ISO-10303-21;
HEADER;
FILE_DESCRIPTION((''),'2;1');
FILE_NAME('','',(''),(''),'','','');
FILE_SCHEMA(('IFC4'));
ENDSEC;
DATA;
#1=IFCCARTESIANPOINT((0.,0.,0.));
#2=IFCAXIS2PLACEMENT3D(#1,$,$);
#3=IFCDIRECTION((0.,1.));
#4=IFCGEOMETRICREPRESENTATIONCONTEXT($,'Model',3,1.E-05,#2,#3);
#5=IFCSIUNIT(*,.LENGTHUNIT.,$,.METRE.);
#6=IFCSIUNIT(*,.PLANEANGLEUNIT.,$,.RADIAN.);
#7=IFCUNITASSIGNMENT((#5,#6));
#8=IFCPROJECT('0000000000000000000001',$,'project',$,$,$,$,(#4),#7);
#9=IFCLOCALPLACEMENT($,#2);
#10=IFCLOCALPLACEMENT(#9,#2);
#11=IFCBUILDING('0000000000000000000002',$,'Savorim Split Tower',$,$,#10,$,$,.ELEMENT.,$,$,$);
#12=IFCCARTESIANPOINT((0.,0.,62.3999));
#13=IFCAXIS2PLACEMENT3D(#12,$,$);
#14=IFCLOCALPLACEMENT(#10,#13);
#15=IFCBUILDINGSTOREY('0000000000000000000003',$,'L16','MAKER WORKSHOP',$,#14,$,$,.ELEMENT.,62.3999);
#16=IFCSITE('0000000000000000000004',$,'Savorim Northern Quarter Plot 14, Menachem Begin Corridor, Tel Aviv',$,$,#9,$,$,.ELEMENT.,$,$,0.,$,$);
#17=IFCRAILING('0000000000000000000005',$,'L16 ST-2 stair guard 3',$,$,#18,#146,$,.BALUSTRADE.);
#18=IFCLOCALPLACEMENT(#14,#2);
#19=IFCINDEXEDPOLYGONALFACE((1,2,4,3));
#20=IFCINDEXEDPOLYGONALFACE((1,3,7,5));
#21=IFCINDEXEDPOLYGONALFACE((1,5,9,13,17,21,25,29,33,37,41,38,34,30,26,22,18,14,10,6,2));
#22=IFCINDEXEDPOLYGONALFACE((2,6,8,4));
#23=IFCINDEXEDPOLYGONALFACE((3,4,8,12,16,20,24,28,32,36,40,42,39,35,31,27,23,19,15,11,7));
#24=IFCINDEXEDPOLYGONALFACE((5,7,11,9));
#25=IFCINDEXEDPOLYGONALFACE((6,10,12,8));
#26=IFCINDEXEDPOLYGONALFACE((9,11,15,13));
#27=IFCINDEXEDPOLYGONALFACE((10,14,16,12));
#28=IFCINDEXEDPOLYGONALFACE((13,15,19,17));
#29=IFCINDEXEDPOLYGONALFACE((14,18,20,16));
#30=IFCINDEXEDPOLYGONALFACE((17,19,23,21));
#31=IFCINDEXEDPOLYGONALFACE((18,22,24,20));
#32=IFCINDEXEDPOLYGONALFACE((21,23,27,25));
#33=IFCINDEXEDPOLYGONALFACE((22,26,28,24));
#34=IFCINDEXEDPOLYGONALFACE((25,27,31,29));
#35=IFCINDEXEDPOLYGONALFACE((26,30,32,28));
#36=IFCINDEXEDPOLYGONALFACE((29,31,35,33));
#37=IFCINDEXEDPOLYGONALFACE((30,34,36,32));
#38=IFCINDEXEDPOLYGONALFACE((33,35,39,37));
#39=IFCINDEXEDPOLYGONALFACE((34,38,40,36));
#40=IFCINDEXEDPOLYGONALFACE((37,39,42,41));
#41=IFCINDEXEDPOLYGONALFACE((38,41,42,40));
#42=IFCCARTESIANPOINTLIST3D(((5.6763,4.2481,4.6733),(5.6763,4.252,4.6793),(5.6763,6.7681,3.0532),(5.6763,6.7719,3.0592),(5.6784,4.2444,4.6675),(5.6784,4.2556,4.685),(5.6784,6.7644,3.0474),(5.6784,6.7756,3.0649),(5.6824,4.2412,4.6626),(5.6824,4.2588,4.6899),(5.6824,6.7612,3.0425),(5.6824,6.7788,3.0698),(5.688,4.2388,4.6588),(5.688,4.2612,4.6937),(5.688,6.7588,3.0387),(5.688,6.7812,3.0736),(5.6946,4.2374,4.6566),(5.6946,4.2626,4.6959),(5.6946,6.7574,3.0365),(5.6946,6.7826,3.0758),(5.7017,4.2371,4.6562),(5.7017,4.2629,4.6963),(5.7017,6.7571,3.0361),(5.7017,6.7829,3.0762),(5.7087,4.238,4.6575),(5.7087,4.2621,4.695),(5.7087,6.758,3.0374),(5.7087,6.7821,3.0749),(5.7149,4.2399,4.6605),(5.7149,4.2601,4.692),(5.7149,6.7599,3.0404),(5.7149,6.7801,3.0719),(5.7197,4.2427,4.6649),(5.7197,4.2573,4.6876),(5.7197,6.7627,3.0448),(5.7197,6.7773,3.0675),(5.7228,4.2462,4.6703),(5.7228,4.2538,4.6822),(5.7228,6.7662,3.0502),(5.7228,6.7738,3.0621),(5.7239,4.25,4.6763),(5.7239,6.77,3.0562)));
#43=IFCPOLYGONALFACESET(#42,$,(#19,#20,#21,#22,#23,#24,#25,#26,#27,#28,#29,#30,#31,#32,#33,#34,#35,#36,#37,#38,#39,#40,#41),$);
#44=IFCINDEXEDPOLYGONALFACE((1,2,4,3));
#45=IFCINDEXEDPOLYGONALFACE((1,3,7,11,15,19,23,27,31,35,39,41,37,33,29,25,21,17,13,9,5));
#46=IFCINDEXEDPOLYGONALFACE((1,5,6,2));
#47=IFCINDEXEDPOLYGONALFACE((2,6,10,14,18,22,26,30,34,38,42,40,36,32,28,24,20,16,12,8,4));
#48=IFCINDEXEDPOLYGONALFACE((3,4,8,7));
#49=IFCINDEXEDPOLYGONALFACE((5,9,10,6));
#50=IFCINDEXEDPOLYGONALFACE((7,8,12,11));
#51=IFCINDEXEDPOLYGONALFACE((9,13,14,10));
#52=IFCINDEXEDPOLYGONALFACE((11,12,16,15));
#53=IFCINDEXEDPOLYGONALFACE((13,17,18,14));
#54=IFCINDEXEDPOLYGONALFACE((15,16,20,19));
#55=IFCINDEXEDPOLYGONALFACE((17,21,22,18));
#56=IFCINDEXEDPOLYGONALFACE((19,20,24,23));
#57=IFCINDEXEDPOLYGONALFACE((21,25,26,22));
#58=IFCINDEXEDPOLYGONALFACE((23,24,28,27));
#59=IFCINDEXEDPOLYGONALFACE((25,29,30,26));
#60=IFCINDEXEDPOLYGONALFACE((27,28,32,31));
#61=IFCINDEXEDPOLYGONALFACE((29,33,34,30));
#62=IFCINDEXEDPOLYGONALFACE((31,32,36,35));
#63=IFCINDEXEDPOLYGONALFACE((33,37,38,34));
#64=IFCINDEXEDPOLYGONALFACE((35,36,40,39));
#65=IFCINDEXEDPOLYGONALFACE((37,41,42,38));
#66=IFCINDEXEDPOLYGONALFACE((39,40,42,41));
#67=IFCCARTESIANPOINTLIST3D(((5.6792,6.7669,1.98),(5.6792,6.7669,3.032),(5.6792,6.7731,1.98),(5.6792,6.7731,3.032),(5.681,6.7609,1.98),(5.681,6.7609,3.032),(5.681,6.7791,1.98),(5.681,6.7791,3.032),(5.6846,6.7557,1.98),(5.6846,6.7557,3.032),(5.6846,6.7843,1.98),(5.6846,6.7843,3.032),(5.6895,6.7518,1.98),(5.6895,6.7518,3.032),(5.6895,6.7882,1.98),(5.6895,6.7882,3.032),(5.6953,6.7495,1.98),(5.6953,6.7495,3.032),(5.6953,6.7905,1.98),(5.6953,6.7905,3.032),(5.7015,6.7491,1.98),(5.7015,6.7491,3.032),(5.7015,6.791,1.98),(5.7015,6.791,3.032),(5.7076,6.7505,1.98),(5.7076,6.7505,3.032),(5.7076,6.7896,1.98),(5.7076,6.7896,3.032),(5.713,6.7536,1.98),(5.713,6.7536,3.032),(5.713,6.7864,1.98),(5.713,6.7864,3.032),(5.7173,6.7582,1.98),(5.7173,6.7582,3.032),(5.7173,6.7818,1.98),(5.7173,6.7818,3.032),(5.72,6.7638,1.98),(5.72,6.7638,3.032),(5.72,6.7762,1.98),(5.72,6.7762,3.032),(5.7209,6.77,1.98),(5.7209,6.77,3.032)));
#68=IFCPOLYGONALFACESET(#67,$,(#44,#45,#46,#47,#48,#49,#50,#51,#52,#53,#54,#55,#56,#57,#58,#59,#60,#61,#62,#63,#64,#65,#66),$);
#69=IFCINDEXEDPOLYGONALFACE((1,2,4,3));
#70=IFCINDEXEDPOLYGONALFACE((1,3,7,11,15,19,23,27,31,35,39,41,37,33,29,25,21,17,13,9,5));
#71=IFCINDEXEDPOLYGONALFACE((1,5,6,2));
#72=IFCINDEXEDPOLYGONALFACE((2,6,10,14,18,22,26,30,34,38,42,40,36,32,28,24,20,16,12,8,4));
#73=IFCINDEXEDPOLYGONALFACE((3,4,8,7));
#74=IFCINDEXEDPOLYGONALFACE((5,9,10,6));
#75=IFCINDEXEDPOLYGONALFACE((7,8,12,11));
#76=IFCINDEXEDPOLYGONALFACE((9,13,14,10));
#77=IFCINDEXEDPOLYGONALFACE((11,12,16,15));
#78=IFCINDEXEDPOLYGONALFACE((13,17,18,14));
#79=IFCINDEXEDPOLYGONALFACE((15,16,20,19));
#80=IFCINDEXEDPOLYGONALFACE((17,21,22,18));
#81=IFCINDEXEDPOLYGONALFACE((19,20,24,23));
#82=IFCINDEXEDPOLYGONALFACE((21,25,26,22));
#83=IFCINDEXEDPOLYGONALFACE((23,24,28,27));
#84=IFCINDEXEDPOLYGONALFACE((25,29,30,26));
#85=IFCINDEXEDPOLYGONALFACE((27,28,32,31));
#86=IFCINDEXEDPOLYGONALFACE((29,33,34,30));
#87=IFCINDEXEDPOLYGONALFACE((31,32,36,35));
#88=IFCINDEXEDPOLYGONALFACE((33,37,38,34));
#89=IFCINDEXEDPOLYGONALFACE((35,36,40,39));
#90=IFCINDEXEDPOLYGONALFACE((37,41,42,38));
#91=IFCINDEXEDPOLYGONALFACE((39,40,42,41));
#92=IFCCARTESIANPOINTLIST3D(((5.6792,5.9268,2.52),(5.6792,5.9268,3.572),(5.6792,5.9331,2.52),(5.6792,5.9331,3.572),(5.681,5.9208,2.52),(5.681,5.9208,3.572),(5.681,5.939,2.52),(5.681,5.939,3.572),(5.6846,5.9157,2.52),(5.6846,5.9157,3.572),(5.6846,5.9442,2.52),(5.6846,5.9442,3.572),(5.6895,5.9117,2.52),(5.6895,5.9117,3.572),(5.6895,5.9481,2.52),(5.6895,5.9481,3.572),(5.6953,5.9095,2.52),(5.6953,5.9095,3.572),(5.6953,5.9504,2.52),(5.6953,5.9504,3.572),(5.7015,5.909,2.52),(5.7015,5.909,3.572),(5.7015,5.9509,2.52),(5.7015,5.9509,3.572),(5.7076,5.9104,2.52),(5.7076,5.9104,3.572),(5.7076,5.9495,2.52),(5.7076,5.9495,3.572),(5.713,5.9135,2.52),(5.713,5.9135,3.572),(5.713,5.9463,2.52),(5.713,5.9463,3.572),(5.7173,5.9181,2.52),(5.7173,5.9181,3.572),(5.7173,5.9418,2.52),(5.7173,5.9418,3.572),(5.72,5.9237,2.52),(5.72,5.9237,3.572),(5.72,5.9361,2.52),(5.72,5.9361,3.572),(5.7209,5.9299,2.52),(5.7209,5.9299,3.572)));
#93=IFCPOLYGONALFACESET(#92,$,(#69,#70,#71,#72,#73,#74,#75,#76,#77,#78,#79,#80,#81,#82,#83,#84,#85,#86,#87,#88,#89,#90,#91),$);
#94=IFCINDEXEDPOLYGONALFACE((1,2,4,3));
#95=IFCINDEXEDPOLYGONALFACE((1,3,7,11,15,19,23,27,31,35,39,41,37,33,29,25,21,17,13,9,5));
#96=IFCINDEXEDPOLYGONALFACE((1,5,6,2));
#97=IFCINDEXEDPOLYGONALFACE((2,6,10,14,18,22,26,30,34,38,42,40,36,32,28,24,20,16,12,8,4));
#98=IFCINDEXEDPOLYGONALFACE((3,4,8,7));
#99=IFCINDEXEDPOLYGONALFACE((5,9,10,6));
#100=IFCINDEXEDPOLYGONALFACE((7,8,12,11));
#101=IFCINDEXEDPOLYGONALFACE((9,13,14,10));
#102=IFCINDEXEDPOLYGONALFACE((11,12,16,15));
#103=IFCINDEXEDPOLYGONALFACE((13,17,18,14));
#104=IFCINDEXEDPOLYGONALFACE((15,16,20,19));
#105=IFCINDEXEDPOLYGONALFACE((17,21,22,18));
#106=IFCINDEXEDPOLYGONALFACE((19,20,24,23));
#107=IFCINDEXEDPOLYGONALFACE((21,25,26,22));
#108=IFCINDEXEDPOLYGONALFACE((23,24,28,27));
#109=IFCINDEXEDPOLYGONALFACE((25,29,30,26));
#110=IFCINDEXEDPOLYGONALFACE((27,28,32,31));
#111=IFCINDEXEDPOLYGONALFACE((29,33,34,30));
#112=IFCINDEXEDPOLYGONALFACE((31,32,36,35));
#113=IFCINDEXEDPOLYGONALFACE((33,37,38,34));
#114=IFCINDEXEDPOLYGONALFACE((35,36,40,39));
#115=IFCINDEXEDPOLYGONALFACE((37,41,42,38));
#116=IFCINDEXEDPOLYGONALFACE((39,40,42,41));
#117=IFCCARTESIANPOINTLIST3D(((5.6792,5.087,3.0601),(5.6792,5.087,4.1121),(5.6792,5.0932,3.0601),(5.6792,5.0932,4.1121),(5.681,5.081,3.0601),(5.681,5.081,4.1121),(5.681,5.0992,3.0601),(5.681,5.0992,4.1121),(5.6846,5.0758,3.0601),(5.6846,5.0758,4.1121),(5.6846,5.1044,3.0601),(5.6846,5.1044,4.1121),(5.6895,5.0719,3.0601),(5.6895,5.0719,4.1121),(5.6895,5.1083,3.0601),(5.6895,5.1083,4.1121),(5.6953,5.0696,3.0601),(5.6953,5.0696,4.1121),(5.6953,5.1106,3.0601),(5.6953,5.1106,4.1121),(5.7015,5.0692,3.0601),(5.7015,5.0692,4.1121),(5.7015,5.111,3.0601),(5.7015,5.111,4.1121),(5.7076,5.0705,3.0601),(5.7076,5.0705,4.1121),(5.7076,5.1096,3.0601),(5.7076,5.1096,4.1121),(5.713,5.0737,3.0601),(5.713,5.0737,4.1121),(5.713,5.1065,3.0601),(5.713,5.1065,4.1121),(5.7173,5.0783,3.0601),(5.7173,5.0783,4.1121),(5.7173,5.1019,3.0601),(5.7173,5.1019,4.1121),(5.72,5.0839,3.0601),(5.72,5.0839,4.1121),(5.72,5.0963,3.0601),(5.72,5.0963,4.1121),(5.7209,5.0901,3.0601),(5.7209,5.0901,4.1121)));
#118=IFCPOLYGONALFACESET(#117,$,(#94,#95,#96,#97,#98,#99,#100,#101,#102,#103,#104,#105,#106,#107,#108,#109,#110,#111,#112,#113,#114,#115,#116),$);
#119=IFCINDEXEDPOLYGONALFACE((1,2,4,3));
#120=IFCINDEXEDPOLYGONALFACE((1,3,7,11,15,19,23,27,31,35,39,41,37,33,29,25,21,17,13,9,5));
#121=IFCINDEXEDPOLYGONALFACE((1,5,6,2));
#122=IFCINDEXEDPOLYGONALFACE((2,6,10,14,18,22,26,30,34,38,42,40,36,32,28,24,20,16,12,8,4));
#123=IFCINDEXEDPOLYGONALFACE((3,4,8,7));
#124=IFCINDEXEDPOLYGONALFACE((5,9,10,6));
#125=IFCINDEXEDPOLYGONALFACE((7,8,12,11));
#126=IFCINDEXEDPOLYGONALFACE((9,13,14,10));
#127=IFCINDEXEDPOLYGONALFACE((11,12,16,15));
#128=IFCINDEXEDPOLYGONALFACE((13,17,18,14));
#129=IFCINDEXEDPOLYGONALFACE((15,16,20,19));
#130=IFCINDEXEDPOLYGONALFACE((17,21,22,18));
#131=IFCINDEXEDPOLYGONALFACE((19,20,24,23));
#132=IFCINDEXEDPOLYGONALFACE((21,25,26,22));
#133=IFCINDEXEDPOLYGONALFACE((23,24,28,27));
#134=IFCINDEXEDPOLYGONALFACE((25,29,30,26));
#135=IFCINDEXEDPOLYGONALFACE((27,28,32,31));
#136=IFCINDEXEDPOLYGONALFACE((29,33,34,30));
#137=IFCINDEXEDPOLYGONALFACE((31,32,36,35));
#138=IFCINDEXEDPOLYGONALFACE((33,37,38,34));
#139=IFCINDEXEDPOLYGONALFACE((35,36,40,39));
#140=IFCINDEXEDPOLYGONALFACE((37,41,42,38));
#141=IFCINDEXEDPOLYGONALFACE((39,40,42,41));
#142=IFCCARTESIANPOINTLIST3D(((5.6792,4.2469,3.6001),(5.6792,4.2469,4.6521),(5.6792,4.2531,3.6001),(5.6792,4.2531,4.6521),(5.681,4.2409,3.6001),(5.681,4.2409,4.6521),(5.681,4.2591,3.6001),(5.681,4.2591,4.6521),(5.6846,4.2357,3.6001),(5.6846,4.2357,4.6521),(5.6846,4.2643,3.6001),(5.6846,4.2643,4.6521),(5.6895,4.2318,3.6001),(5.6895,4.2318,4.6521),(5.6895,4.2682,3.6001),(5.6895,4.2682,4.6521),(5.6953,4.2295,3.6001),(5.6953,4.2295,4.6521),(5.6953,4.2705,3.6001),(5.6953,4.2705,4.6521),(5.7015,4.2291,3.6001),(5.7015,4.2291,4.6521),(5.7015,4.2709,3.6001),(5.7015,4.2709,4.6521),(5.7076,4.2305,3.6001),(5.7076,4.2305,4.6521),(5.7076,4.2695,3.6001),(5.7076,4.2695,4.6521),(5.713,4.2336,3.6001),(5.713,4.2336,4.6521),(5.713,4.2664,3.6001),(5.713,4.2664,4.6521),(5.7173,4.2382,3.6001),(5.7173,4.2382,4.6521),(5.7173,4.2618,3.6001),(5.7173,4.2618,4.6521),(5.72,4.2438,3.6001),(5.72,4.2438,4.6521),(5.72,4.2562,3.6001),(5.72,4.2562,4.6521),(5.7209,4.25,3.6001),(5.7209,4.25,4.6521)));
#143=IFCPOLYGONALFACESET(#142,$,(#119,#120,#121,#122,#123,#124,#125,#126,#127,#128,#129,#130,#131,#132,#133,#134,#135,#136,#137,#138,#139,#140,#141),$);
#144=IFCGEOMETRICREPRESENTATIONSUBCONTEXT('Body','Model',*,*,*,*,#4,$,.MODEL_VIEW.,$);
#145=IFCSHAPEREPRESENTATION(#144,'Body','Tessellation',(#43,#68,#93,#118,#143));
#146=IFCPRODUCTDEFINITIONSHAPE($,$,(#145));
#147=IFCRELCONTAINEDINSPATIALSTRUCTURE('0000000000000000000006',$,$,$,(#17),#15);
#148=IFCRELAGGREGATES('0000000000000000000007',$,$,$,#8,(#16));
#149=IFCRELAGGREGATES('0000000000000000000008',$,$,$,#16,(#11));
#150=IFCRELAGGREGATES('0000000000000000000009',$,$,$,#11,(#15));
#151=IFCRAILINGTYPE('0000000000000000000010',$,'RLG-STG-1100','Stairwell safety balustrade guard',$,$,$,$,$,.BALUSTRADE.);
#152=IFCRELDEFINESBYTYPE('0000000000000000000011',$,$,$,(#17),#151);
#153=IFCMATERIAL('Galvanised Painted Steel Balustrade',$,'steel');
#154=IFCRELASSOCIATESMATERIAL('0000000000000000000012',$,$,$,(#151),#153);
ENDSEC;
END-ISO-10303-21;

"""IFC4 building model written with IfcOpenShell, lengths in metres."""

from ifc_helpers import new_model, si_unit, direction, frame, origin, origin_2d, place, context, subcontext, project, spatial, circle, extrude, material, type_object, element, save


model = new_model("IFC4")

# Units and contexts
model_context = context("Model", 3, precision=1e-05, world=origin(), true_north=direction((0.0, 1.0)))
body_context = subcontext(model_context, "Body", "Model", "MODEL_VIEW")
ifc_project = project(units=[si_unit("LENGTHUNIT", "METRE"), si_unit("PLANEANGLEUNIT", "RADIAN")], contexts=[model_context])

# Site, building, storey
site_placement = place(None, origin())
site = spatial("IfcSite", under=ifc_project, at=site_placement, Name="Savorim Northern Quarter Plot 14, Menachem Begin Corridor, Tel Aviv", CompositionType="ELEMENT", RefElevation=0.0)
building_placement = place(site_placement, origin())
building = spatial("IfcBuilding", under=site, at=building_placement, Name="Savorim Split Tower", CompositionType="ELEMENT")
storey_placement = place(building_placement, frame((0.0, 0.0, 62.3999)))
storey = spatial("IfcBuildingStorey", under=building, at=storey_placement, Name="L16", Description="MAKER WORKSHOP", CompositionType="ELEMENT", Elevation=62.3999)

# Railing
ifc_material_1 = material(Name="Galvanised Painted Steel Balustrade", Category="steel")
railing_type_1 = type_object("IfcRailingType", Name="RLG-STG-1100", Description="Stairwell safety balustrade guard", PredefinedType="BALUSTRADE", material=ifc_material_1)
railing_1_placement = place(storey_placement, frame((5.7, 6.77, 1.98)))
element("IfcRailing", 1, at=railing_1_placement, inside=storey, type_object=railing_type_1, Name="L16 ST-2 stair guard 3", PredefinedType="BALUSTRADE", context=body_context, shape_type="SweptSolid", body=[
    extrude(circle(Radius=0.0239, at=origin_2d()), frame((0.0, 0.0, 1.0762), z_axis=(0.0, -0.841163, 0.540782), x_axis=(1.0, 0.0, 0.0)), (0.0, 0.0, 1.0), 2.9958),
    extrude(circle(Radius=0.021, at=origin_2d()), origin(), (0.0, 0.0, 1.0), 1.052),
    extrude(circle(Radius=0.021, at=origin_2d()), frame((0.0, -0.8401, 0.54)), (0.0, 0.0, 1.0), 1.052),
    extrude(circle(Radius=0.021, at=origin_2d()), frame((0.0, -1.6799, 1.0801)), (0.0, 0.0, 1.0), 1.052),
    extrude(circle(Radius=0.021, at=origin_2d()), frame((0.0, -2.52, 1.6201)), (0.0, 0.0, 1.0), 1.052),
])

save(model, "model.ifc")
